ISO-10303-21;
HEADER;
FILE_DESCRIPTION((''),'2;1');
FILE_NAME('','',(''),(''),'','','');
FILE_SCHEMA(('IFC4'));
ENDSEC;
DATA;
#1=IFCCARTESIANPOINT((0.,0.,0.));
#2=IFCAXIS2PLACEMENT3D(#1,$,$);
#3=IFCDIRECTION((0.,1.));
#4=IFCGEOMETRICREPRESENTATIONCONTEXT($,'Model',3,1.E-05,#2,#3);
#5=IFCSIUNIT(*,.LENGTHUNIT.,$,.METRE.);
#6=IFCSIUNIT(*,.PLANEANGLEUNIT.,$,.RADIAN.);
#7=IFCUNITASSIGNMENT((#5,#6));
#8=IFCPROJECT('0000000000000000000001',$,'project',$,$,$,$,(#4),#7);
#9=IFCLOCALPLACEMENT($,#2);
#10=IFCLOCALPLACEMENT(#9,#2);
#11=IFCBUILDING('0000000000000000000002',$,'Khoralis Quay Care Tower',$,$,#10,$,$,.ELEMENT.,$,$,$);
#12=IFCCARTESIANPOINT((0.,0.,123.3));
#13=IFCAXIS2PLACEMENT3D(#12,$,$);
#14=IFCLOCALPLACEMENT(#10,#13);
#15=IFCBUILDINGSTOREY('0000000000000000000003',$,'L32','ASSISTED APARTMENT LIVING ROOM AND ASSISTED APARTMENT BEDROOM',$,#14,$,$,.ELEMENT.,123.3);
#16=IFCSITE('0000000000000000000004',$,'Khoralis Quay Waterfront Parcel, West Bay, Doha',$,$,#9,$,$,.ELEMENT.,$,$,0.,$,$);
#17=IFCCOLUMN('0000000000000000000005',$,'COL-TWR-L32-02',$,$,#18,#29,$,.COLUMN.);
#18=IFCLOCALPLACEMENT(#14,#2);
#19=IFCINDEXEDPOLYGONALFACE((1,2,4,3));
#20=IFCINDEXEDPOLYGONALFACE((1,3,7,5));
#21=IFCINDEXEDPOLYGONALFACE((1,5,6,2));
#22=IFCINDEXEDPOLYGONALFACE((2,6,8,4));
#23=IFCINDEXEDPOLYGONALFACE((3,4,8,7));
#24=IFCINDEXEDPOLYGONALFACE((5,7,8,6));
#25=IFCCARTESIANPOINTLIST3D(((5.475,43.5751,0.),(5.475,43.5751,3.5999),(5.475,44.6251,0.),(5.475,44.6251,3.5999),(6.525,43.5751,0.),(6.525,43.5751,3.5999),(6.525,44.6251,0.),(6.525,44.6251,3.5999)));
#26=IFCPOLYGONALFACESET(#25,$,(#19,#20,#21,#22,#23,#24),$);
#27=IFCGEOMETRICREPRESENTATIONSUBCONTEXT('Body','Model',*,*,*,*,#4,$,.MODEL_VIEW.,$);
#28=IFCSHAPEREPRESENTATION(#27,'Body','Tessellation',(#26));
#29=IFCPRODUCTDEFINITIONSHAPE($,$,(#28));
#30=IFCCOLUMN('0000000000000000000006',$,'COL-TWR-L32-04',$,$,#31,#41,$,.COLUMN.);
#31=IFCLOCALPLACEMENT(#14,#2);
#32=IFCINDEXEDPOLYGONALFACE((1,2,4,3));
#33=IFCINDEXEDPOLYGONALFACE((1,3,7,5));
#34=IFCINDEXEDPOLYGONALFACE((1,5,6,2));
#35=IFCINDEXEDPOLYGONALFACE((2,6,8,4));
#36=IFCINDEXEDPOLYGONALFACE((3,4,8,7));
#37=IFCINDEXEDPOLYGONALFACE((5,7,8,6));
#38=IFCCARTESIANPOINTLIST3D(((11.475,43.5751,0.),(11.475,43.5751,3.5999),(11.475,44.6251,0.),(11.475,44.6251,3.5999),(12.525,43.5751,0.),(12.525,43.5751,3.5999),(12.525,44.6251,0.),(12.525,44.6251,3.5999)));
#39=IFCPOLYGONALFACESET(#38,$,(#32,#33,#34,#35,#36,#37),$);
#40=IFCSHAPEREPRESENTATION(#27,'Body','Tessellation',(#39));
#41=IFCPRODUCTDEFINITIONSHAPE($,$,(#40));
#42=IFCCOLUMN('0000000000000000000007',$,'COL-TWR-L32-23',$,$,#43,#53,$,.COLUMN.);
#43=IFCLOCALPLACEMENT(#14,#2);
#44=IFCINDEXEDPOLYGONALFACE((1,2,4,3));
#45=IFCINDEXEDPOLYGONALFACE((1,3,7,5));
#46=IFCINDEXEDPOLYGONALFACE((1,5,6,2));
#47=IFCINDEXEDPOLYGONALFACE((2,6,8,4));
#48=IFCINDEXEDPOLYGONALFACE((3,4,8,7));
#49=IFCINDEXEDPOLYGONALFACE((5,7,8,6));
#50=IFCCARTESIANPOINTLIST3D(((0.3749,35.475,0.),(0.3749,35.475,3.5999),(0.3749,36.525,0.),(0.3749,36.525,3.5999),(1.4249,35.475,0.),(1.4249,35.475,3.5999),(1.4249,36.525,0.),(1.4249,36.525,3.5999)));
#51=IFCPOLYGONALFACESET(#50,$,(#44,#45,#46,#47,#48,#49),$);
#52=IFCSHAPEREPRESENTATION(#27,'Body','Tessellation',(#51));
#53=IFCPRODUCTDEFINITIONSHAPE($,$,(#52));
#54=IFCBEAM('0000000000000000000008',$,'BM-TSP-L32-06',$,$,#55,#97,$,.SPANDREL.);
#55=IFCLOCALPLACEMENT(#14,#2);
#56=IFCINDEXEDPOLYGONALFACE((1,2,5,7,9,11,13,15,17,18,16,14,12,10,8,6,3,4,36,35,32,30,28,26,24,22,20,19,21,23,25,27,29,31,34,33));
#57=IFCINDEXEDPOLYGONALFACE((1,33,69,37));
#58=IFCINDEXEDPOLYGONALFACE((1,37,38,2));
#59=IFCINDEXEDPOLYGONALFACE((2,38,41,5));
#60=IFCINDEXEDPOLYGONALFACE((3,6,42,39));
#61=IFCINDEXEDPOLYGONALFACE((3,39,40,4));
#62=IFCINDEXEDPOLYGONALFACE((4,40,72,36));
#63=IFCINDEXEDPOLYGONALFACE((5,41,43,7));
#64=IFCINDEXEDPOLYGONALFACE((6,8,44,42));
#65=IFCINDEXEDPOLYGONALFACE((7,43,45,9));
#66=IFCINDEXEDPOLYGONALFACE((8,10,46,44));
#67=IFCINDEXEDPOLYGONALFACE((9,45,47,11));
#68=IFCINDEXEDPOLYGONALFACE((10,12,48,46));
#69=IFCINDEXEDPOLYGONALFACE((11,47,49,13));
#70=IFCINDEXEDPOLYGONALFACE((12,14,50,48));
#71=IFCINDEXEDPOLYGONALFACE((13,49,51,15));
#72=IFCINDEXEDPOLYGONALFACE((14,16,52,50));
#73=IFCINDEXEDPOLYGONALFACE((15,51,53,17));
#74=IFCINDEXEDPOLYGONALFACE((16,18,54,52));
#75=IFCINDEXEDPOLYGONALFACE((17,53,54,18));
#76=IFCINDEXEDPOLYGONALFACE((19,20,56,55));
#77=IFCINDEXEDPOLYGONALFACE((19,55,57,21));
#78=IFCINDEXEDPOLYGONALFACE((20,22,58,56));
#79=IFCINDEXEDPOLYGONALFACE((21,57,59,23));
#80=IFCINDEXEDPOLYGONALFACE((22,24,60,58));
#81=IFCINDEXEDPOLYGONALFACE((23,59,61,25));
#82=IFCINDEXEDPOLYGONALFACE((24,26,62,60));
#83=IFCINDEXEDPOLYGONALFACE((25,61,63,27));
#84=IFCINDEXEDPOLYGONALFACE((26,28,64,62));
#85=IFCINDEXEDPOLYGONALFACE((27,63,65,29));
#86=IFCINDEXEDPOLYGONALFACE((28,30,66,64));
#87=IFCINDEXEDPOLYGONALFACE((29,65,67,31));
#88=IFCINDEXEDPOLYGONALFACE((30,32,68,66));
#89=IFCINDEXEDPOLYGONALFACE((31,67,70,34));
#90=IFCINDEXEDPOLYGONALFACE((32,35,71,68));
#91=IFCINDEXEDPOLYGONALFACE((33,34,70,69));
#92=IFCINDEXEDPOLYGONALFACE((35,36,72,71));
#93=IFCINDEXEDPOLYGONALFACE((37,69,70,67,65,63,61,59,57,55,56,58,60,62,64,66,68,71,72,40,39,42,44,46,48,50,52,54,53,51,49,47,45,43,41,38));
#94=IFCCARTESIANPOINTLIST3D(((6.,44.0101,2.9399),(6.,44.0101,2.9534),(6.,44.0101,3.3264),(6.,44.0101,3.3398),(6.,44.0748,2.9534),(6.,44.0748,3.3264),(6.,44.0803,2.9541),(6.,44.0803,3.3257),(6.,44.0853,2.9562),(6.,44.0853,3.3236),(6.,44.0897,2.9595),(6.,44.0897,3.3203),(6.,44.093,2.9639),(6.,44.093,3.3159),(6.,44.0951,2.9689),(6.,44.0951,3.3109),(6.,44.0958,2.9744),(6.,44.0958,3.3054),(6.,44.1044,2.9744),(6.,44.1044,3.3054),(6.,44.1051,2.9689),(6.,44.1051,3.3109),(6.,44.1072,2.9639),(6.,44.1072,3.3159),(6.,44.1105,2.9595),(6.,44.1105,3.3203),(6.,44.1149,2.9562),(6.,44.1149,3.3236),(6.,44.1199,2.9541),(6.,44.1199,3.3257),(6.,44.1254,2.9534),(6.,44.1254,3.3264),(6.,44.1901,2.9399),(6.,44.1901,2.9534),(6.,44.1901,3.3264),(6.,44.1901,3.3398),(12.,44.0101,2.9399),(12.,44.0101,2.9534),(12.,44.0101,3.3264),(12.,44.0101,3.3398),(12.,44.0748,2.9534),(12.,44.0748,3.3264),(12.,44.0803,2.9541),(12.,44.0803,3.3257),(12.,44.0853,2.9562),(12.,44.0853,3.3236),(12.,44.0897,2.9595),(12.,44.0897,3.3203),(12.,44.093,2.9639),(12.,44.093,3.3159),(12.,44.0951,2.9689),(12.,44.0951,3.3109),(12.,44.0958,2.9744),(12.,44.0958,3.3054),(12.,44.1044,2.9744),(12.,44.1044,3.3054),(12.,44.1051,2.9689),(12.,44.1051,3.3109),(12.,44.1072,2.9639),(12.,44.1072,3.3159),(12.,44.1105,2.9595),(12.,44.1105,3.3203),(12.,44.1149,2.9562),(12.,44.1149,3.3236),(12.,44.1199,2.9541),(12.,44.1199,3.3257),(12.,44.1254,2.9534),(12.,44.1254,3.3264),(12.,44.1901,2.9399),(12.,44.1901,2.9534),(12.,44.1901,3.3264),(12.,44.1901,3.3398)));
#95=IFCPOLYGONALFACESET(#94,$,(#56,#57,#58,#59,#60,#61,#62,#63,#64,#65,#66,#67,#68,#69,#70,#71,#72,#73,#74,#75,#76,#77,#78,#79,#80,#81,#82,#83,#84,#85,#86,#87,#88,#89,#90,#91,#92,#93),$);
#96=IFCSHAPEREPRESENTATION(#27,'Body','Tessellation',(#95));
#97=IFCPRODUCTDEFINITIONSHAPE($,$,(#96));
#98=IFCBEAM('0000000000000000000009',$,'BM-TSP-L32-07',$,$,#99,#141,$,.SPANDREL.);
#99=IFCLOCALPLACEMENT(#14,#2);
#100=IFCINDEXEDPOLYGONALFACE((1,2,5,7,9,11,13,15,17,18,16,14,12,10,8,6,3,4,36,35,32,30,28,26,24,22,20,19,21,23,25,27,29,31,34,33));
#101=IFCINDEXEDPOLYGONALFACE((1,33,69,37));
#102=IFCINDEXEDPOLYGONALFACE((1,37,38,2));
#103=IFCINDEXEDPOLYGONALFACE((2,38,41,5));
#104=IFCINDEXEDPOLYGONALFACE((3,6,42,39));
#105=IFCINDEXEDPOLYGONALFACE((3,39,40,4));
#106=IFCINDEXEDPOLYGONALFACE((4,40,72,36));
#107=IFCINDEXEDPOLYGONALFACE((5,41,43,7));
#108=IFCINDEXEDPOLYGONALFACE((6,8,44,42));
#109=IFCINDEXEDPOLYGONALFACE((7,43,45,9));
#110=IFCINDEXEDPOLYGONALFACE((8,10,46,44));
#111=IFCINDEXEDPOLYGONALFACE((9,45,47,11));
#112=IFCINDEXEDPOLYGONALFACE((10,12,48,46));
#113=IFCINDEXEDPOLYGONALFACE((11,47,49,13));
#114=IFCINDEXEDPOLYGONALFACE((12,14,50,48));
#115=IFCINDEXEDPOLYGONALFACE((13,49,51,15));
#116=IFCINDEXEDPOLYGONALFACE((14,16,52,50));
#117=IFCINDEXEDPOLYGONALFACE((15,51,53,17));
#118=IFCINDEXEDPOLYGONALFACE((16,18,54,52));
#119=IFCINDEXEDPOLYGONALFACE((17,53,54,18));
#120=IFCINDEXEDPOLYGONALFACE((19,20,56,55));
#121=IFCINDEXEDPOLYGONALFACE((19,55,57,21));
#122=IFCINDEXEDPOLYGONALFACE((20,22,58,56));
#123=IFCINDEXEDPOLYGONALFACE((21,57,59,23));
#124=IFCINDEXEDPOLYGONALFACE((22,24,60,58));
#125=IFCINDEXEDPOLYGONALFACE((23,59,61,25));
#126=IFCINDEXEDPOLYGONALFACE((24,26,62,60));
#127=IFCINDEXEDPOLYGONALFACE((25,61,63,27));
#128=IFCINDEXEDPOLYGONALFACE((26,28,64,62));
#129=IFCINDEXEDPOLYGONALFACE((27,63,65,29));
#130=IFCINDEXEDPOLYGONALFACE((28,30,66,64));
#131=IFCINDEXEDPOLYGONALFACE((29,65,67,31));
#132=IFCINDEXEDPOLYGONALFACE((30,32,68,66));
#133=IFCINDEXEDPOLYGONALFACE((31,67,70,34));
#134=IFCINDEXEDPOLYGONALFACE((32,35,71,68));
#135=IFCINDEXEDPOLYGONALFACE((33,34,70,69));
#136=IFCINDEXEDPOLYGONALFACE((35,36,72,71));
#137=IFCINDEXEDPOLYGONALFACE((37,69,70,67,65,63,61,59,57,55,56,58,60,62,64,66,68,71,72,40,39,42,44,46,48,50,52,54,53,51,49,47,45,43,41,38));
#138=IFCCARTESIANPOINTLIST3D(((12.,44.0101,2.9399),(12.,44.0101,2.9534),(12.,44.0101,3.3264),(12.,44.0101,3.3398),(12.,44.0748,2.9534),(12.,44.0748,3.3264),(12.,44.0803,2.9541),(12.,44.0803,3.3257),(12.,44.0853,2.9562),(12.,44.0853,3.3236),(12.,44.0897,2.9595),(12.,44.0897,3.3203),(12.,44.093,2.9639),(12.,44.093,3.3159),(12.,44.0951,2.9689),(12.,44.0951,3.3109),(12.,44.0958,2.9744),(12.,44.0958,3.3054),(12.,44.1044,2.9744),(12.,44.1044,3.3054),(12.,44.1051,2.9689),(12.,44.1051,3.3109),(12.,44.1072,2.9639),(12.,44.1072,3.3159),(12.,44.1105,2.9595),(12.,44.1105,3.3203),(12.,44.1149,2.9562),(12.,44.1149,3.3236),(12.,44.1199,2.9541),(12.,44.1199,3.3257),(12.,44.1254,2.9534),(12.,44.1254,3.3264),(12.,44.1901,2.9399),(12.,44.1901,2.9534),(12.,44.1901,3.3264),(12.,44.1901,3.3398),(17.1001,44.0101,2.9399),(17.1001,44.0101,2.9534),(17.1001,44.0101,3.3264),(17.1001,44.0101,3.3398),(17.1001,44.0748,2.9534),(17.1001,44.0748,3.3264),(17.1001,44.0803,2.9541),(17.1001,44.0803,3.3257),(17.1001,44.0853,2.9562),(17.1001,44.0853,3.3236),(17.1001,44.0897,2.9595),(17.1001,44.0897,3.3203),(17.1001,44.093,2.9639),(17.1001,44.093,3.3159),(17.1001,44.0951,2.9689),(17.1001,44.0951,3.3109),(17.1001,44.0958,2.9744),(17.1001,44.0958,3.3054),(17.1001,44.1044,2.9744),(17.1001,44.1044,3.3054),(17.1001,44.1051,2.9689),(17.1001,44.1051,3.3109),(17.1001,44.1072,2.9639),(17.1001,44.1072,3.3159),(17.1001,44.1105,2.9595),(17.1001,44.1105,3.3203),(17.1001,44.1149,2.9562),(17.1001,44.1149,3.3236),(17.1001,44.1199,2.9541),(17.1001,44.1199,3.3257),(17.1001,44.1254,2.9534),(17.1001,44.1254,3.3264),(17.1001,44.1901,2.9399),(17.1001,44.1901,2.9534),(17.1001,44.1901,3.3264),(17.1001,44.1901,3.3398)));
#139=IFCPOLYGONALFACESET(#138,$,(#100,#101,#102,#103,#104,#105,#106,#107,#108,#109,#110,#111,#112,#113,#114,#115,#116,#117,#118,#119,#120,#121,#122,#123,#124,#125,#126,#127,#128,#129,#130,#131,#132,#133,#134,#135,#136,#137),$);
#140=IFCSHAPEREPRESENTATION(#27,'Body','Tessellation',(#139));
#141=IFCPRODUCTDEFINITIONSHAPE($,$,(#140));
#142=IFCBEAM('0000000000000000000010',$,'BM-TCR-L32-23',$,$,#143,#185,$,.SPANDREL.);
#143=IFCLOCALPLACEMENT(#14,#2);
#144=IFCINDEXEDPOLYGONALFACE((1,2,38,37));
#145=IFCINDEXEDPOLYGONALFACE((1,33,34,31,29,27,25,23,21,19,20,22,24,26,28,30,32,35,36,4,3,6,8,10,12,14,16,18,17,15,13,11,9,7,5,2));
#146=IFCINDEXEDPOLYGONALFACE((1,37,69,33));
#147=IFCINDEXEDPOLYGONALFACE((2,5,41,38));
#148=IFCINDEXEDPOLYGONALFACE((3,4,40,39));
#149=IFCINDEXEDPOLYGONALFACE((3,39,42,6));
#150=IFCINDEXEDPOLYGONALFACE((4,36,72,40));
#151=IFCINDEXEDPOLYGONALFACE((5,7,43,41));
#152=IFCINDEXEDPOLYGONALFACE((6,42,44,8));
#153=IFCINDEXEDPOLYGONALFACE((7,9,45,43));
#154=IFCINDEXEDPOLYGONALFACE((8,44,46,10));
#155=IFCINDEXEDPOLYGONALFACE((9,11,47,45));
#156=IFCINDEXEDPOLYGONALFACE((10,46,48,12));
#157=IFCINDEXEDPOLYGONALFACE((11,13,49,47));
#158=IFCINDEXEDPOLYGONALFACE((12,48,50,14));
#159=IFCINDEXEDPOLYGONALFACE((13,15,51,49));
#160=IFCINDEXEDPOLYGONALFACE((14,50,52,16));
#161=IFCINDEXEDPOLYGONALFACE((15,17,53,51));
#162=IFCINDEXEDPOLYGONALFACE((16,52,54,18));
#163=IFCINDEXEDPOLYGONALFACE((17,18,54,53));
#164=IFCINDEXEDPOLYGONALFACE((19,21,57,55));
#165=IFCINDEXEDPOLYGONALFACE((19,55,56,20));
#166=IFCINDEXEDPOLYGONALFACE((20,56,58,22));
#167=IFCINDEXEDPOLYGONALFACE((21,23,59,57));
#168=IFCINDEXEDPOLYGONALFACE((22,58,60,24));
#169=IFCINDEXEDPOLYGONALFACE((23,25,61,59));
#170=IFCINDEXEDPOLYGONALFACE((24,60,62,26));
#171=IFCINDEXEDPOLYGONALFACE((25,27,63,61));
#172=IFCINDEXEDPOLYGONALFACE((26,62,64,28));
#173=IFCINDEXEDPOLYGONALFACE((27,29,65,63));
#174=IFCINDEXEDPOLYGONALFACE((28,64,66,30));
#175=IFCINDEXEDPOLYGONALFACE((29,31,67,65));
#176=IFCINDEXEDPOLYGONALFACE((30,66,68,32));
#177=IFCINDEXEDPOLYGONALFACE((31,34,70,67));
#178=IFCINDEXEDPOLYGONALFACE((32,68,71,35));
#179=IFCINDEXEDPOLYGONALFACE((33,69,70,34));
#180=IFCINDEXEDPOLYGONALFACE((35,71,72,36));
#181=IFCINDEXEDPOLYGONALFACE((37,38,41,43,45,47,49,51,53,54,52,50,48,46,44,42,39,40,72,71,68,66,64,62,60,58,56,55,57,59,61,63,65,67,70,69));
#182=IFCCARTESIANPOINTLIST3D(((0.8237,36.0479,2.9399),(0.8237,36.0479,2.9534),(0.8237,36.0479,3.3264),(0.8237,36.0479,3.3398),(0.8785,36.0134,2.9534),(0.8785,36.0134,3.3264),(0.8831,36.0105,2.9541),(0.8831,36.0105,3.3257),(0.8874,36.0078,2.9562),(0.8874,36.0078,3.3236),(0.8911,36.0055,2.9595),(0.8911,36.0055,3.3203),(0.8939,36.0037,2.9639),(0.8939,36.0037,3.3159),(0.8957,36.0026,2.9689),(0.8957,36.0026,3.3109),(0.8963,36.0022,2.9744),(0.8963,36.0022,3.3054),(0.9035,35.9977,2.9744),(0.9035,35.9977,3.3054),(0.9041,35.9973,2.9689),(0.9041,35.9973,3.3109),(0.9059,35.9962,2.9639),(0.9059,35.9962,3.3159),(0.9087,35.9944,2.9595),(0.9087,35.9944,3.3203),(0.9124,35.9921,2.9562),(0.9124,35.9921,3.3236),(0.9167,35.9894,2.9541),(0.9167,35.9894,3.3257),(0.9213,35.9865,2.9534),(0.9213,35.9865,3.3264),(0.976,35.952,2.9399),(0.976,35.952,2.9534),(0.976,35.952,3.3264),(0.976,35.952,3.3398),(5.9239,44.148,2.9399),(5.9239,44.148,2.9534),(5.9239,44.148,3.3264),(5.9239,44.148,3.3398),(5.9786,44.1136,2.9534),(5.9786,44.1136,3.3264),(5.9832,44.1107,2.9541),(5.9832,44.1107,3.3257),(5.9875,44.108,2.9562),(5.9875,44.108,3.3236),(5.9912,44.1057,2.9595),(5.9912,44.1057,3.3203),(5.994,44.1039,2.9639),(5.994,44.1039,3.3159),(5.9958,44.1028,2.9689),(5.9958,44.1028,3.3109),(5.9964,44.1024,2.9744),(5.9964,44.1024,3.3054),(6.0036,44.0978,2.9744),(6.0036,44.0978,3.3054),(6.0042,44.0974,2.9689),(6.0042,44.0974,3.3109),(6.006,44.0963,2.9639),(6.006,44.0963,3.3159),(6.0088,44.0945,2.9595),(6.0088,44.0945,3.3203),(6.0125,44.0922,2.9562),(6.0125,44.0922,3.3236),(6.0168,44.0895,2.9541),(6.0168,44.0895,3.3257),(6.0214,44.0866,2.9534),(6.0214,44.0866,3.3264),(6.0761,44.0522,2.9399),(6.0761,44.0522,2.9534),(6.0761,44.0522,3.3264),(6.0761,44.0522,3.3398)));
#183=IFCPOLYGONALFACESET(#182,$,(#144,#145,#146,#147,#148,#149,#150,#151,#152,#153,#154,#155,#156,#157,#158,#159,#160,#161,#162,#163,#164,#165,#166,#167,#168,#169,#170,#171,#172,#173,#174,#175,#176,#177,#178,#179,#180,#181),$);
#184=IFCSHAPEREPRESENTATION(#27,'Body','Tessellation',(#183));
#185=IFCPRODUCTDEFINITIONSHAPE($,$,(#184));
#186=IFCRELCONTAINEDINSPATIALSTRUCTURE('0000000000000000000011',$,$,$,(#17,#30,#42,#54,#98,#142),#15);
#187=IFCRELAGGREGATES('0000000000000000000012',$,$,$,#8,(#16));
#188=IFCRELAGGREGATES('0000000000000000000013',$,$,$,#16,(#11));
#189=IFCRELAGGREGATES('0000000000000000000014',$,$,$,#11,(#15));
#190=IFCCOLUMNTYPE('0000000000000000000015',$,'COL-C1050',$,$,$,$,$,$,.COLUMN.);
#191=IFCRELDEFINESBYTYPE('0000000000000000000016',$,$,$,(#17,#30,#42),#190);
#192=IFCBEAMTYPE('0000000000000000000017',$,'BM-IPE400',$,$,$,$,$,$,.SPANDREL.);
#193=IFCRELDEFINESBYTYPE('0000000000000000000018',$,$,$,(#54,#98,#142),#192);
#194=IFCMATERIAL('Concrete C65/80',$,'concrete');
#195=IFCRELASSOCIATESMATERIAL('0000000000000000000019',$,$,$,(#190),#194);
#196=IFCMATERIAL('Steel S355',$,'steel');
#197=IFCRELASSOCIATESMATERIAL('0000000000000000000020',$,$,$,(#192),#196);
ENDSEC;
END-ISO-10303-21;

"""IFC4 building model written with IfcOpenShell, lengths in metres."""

from ifc_helpers import new_model, si_unit, direction, frame, origin, origin_2d, place, context, subcontext, project, spatial, rectangle, i_section, extrude, source, transform, mapped, material, material_profile, profile_set, type_object, element, save


model = new_model("IFC4")

# Units and contexts
model_context = context("Model", 3, precision=1e-05, world=origin(), true_north=direction((0.0, 1.0)))
body_context = subcontext(model_context, "Body", "Model", "MODEL_VIEW")
ifc_project = project(units=[si_unit("LENGTHUNIT", "METRE"), si_unit("PLANEANGLEUNIT", "RADIAN")], contexts=[model_context])

# Site, building, storey
site_placement = place(None, origin())
site = spatial("IfcSite", under=ifc_project, at=site_placement, Name="Khoralis Quay Waterfront Parcel, West Bay, Doha", CompositionType="ELEMENT", RefElevation=0.0)
building_placement = place(site_placement, origin())
building = spatial("IfcBuilding", under=site, at=building_placement, Name="Khoralis Quay Care Tower", CompositionType="ELEMENT")
storey_placement = place(building_placement, frame((0.0, 0.0, 123.3)))
storey = spatial("IfcBuildingStorey", under=building, at=storey_placement, Name="L32", Description="ASSISTED APARTMENT LIVING ROOM AND ASSISTED APARTMENT BEDROOM", CompositionType="ELEMENT", Elevation=123.3)

# Columns
ifc_material_1 = material(Name="Concrete C65/80", Category="concrete")
ifc_material_profile_1 = material_profile(ifc_material_1, rectangle(XDim=1.05, YDim=1.05, at=origin_2d()), Name="Concrete C65/80")
ifc_profile_set_1 = profile_set([ifc_material_profile_1], Name="Concrete C65/80")
column_type = type_object("IfcColumnType", Name="COL-C1050", PredefinedType="COLUMN", material=ifc_profile_set_1)
shared_shape_1 = source(origin(), body_context, "Body", "SweptSolid", [
    extrude(rectangle(XDim=1.05, YDim=1.05, at=origin_2d()), origin(), (0.0, 0.0, 1.0), 3.5999),
])
for number, where, z_axis, x_axis, name in (
    (1, (6.0, 44.1001, 0.0), (0.0, 0.0, 1.0), (1.0, 0.0, 0.0), "COL-TWR-L32-02"),
    (2, (12.0, 44.1001, 0.0), (0.0, 0.0, 1.0), (1.0, 0.0, 0.0), "COL-TWR-L32-04"),
    (3, (0.8999, 36.0, 0.0), (0.0, 0.0, 1.0), (1.0, 0.0, 0.0), "COL-TWR-L32-23"),
):
    element("IfcColumn", number, at=place(storey_placement, frame(where, z_axis=z_axis, x_axis=x_axis)), inside=storey, type_object=column_type, Name=name, PredefinedType="COLUMN", context=body_context, shape_type="MappedRepresentation", body=[
        mapped(shared_shape_1, transform((0.0, 0.0, 0.0), scale=1.0)),
    ])

# Beams
ifc_material_2 = material(Name="Steel S355", Category="steel")
ifc_material_profile_2 = material_profile(ifc_material_2, i_section(OverallWidth=0.1799, OverallDepth=0.3999, WebThickness=0.0085, FlangeThickness=0.0134, FilletRadius=0.021, at=origin_2d()), Name="Steel S355")
ifc_profile_set_2 = profile_set([ifc_material_profile_2], Name="Steel S355")
beam_type_1 = type_object("IfcBeamType", Name="BM-IPE400", PredefinedType="SPANDREL", material=ifc_profile_set_2)
shared_shape_2 = source(origin(), body_context, "Body", "SweptSolid", [
    extrude(i_section(OverallWidth=0.1799, OverallDepth=0.3999, WebThickness=0.0085, FlangeThickness=0.0134, FilletRadius=0.021, at=origin_2d()), origin(), (0.0, 0.0, 1.0), 6.0),
])
beam_1_placement = place(storey_placement, frame((6.0, 44.1001, 3.1399), z_axis=(1.0, 0.0, 0.0), x_axis=(0.0, 1.0, 0.0)))
element("IfcBeam", 4, at=beam_1_placement, inside=storey, type_object=beam_type_1, Name="BM-TSP-L32-06", PredefinedType="SPANDREL", context=body_context, shape_type="MappedRepresentation", body=[
    mapped(shared_shape_2, transform((0.0, 0.0, 0.0), scale=1.0)),
])
shared_shape_3 = source(origin(), body_context, "Body", "SweptSolid", [
    extrude(i_section(OverallWidth=0.1799, OverallDepth=0.3999, WebThickness=0.0085, FlangeThickness=0.0134, FilletRadius=0.021, at=origin_2d()), origin(), (0.0, 0.0, 1.0), 5.1001),
])
beam_2_placement = place(storey_placement, frame((12.0, 44.1001, 3.1399), z_axis=(1.0, 0.0, 0.0), x_axis=(0.0, 1.0, 0.0)))
element("IfcBeam", 5, at=beam_2_placement, inside=storey, type_object=beam_type_1, Name="BM-TSP-L32-07", PredefinedType="SPANDREL", context=body_context, shape_type="MappedRepresentation", body=[
    mapped(shared_shape_3, transform((0.0, 0.0, 0.0), scale=1.0)),
])
shared_shape_4 = source(origin(), body_context, "Body", "SweptSolid", [
    extrude(i_section(OverallWidth=0.1799, OverallDepth=0.3999, WebThickness=0.0085, FlangeThickness=0.0134, FilletRadius=0.021, at=origin_2d()), origin(), (0.0, 0.0, 1.0), 9.572),
])
beam_3_placement = place(storey_placement, frame((6.0, 44.1001, 3.1399), z_axis=(-0.532816, -0.846231, 0.0), x_axis=(0.846231, -0.532816, 0.0)))
element("IfcBeam", 6, at=beam_3_placement, inside=storey, type_object=beam_type_1, Name="BM-TCR-L32-23", PredefinedType="SPANDREL", context=body_context, shape_type="MappedRepresentation", body=[
    mapped(shared_shape_4, transform((0.0, 0.0, 0.0), scale=1.0)),
])

save(model, "model.ifc")
